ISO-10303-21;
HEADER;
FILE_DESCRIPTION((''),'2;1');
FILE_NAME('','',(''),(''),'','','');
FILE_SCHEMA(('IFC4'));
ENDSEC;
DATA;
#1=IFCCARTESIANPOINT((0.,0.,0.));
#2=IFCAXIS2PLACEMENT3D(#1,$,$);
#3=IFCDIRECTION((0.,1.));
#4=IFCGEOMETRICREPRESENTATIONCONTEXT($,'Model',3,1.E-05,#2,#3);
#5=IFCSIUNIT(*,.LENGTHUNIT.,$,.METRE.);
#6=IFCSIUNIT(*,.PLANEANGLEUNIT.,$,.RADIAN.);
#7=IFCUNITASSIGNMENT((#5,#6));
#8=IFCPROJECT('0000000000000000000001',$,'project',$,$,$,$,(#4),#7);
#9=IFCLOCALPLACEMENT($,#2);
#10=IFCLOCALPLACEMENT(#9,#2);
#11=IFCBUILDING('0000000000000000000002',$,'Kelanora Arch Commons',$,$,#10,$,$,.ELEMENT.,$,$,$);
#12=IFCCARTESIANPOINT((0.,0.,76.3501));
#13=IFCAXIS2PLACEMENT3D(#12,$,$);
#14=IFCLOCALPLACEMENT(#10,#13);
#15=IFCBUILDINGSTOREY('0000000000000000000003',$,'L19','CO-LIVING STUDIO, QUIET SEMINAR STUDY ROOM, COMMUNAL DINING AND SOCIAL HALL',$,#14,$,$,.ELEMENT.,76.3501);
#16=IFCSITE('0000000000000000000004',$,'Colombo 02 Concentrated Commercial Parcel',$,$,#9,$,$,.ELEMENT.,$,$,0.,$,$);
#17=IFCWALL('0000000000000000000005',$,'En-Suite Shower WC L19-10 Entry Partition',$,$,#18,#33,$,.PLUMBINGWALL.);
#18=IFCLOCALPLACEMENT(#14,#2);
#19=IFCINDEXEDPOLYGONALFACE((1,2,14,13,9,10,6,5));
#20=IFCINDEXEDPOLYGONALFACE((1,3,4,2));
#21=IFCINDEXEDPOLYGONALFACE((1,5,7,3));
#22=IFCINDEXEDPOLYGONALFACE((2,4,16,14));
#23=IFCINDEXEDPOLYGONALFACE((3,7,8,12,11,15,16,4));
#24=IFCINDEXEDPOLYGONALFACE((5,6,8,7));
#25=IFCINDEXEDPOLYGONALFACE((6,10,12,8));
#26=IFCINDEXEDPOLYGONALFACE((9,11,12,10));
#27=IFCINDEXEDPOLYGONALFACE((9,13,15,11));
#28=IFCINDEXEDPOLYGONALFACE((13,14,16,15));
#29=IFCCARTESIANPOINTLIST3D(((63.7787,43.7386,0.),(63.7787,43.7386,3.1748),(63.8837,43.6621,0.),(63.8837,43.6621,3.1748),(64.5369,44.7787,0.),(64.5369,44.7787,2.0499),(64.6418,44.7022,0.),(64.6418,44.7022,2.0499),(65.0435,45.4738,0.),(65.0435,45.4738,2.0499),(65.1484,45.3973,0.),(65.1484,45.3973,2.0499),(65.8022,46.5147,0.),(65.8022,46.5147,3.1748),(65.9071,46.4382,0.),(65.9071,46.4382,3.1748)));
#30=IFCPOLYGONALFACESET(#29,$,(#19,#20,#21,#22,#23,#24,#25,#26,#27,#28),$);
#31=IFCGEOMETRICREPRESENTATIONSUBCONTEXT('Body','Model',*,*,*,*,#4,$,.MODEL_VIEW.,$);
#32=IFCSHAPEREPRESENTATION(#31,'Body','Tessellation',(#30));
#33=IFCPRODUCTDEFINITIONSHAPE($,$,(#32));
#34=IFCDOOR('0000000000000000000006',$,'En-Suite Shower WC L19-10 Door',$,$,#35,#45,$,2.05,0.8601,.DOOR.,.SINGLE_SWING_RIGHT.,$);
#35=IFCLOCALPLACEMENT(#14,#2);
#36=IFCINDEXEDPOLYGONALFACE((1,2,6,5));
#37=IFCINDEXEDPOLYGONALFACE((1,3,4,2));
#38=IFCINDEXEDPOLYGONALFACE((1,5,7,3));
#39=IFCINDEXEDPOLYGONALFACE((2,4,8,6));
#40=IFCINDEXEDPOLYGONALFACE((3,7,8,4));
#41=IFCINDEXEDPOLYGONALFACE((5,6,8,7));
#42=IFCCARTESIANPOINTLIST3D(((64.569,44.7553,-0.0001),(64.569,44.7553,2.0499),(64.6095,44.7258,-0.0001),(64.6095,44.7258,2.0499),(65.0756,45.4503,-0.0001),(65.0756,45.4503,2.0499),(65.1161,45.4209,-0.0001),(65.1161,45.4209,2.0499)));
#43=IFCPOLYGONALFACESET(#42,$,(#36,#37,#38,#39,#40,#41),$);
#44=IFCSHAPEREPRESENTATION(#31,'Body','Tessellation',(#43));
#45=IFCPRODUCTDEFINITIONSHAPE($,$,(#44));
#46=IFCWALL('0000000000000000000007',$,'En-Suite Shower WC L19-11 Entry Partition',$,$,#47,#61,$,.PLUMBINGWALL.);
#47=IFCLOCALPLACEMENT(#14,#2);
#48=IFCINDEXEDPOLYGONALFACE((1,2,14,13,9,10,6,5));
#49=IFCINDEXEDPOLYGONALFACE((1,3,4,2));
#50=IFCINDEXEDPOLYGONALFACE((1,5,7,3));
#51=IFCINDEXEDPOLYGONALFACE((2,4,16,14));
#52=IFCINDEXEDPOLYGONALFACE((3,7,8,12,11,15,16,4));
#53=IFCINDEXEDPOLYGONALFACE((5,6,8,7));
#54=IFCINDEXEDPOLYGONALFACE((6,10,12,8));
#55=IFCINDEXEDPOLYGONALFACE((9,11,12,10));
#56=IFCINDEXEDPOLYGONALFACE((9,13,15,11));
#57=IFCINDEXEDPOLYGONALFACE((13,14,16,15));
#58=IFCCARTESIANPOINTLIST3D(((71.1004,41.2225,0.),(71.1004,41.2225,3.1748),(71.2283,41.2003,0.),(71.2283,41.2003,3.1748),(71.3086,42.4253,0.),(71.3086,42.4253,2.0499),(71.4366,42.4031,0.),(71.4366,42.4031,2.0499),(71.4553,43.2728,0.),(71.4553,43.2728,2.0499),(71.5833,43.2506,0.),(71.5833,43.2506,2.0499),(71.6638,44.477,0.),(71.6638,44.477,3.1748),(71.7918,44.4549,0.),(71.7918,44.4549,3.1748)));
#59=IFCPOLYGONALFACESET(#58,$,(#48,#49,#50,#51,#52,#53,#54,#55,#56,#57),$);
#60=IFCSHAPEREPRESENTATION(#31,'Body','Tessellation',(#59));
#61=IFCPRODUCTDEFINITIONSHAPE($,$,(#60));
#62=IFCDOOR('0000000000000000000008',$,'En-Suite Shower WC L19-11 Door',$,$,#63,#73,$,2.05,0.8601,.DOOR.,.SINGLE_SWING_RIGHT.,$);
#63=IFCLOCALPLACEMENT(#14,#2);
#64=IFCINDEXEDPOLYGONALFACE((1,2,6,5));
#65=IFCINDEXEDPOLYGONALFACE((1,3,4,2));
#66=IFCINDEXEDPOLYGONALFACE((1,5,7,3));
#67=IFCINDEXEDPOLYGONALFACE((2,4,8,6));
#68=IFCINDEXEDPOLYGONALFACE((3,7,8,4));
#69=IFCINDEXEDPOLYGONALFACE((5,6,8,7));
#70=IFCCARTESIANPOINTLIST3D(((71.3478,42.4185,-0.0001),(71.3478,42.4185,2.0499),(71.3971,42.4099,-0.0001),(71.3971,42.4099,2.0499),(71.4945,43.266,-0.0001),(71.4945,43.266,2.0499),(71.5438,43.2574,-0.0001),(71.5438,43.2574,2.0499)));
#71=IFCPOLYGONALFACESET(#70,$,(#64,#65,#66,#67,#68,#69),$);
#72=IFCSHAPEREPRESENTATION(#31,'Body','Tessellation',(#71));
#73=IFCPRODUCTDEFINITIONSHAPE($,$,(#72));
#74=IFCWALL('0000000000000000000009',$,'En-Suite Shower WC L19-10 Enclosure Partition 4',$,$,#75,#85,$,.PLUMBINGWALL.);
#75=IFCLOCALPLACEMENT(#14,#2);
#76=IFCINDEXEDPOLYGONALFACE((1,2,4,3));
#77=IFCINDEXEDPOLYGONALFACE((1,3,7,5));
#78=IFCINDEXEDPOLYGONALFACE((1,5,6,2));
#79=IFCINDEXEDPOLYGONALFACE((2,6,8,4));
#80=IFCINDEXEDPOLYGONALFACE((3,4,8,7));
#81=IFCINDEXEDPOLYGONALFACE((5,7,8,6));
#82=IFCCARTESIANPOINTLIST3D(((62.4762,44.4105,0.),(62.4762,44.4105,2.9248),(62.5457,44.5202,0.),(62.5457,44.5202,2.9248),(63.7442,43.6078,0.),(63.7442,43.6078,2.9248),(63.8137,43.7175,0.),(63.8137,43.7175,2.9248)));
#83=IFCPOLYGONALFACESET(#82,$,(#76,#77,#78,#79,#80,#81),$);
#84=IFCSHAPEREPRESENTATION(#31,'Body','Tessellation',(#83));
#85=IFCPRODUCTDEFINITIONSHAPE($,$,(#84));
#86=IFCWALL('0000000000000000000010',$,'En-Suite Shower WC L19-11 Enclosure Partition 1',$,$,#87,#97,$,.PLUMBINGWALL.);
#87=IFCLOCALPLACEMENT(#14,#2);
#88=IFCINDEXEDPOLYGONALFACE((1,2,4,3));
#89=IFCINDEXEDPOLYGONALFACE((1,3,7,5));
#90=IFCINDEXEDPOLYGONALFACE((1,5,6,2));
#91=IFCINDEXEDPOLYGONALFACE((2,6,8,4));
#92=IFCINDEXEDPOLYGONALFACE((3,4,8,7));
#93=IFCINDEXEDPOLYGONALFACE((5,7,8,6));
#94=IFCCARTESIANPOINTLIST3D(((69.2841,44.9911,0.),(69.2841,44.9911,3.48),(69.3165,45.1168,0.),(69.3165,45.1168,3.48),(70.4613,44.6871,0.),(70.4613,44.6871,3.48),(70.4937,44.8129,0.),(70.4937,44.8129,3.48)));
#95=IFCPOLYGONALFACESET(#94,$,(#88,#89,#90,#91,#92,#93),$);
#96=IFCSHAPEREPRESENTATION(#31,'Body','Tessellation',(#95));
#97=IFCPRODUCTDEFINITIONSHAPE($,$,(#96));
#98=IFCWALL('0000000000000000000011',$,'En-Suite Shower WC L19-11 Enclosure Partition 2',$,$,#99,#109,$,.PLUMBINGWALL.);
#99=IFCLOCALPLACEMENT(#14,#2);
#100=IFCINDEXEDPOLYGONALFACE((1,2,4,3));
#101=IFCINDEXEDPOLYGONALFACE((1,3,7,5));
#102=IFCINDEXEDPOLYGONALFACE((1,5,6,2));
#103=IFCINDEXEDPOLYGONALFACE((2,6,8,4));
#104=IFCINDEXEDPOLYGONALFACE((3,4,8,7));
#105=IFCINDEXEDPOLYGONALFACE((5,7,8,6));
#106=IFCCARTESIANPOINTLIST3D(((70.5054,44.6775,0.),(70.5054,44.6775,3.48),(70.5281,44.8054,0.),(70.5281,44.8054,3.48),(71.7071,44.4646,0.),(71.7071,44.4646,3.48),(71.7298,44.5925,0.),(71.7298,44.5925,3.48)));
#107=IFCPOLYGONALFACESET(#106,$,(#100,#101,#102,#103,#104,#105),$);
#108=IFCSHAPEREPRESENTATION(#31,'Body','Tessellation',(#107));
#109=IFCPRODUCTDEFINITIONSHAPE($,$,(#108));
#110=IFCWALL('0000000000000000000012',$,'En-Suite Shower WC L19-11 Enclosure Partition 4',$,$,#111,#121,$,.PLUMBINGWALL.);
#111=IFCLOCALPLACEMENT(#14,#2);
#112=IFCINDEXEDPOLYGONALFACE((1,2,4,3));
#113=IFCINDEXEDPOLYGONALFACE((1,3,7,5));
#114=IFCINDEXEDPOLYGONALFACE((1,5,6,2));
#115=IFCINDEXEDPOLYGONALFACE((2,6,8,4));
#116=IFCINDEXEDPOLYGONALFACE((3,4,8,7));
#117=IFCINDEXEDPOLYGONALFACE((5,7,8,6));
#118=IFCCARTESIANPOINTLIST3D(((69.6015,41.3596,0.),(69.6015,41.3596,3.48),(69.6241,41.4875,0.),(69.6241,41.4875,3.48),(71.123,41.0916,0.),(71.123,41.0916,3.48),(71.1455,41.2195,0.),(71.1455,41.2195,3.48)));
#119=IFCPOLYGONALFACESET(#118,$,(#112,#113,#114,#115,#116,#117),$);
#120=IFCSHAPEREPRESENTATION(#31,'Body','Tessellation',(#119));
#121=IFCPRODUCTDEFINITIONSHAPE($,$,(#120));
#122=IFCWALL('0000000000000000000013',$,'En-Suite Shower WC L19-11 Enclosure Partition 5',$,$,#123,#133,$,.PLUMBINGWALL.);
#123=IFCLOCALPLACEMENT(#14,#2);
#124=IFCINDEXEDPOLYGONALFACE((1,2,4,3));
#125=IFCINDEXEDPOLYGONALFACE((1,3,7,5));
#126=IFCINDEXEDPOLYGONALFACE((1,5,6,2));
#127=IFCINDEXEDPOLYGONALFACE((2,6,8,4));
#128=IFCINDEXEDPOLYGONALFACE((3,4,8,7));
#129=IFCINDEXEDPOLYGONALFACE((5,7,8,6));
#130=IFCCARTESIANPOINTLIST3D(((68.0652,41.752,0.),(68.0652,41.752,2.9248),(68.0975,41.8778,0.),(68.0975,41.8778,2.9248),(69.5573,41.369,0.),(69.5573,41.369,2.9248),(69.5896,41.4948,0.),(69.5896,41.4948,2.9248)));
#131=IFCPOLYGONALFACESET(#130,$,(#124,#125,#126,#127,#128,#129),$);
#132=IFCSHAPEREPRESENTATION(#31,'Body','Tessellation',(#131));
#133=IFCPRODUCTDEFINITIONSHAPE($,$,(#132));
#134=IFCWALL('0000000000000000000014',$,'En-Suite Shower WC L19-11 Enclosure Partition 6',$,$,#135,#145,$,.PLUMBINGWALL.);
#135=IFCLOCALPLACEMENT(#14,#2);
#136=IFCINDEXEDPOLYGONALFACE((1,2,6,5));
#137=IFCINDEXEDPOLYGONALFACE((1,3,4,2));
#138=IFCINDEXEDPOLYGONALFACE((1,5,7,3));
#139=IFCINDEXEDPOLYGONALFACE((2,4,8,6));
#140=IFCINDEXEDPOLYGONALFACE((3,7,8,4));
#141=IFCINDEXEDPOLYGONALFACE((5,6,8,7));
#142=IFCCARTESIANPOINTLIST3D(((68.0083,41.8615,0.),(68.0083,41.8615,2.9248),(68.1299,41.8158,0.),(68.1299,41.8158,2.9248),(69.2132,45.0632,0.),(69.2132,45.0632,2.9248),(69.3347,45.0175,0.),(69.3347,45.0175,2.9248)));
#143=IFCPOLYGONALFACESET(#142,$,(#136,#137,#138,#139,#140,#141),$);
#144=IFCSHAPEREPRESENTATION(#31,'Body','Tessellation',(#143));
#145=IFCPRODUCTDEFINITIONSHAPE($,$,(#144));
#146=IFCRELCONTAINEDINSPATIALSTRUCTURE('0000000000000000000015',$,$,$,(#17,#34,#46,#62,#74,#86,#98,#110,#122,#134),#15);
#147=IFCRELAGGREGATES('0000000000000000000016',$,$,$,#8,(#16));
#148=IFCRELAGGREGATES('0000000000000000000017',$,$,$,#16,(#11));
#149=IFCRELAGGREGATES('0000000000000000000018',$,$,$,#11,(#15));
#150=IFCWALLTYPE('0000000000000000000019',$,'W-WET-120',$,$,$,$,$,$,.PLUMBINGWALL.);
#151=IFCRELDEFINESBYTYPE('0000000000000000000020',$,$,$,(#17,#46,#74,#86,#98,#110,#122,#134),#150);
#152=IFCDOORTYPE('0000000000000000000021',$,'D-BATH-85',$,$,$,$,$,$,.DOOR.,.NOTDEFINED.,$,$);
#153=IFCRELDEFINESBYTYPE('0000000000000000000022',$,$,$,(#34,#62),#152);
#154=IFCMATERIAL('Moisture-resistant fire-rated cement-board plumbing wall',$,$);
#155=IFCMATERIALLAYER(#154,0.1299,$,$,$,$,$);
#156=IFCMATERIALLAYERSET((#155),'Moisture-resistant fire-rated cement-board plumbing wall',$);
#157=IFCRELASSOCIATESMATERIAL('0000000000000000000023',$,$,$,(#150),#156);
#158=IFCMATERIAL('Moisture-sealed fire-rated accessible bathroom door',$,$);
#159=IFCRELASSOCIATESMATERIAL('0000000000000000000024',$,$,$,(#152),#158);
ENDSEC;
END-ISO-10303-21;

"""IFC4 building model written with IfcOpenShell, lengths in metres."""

from ifc_helpers import new_model, si_unit, direction, frame, frame_2d, origin, place, context, subcontext, project, spatial, rectangle, extrude, material, layer, layer_set, type_object, element, fill, save


model = new_model("IFC4")

# Units and contexts
model_context = context("Model", 3, precision=1e-05, world=origin(), true_north=direction((0.0, 1.0)))
body_context = subcontext(model_context, "Body", "Model", "MODEL_VIEW")
ifc_project = project(units=[si_unit("LENGTHUNIT", "METRE"), si_unit("PLANEANGLEUNIT", "RADIAN")], contexts=[model_context])

# Site, building, storey
site_placement = place(None, origin())
site = spatial("IfcSite", under=ifc_project, at=site_placement, Name="Colombo 02 Concentrated Commercial Parcel", CompositionType="ELEMENT", RefElevation=0.0)
building_placement = place(site_placement, origin())
building = spatial("IfcBuilding", under=site, at=building_placement, Name="Kelanora Arch Commons", CompositionType="ELEMENT")
storey_placement = place(building_placement, frame((0.0, 0.0, 76.3501)))
storey = spatial("IfcBuildingStorey", under=building, at=storey_placement, Name="L19", Description="CO-LIVING STUDIO, QUIET SEMINAR STUDY ROOM, COMMUNAL DINING AND SOCIAL HALL", CompositionType="ELEMENT", Elevation=76.3501)

# Walls, openings, doors
ifc_material_1 = material(Name="Moisture-resistant fire-rated cement-board plumbing wall")
ifc_layer_1 = layer(ifc_material_1, 0.1299)
ifc_layer_set_1 = layer_set([ifc_layer_1], Name="Moisture-resistant fire-rated cement-board plumbing wall")
wall_type_1 = type_object("IfcWallType", Name="W-WET-120", PredefinedType="PLUMBINGWALL", material=ifc_layer_set_1)
wall_1_placement = place(storey_placement, frame((65.8547, 46.4766, 0.0), z_axis=(0.0, 0.0, 1.0), x_axis=(-0.589017, -0.808121, 0.0)))
wall_1 = element("IfcWall", 1, at=wall_1_placement, inside=storey, type_object=wall_type_1, Name="En-Suite Shower WC L19-10 Entry Partition", PredefinedType="PLUMBINGWALL", context=body_context, shape_type="SweptSolid", body=[
    extrude(rectangle(XDim=3.4353, YDim=0.1299, at=frame_2d((1.7178, 0.0))), origin(), (0.0, 0.0, 1.0), 3.1748),
])
opening_1_placement = place(wall_1_placement, frame((1.2881, 0.0, 0.0)))
opening_1 = element("IfcOpeningElement", 2, at=opening_1_placement, cuts=wall_1, PredefinedType="OPENING", context=body_context, shape_type="SweptSolid", body=[
    extrude(rectangle(XDim=0.8601, YDim=2.05, at=frame_2d((0.4302, 1.0249))), frame((0.0, 0.075, 0.0), z_axis=(0.0, -1.0, 0.0), x_axis=(1.0, 0.0, 0.0)), (0.0, 0.0, 1.0), 0.1499),
])
ifc_material_2 = material(Name="Moisture-sealed fire-rated accessible bathroom door")
door_type_1 = type_object("IfcDoorType", Name="D-BATH-85", OperationType="NOTDEFINED", PredefinedType="DOOR", material=ifc_material_2)
door_1_placement = place(opening_1_placement, origin())
door_1 = element("IfcDoor", 3, at=door_1_placement, inside=storey, type_object=door_type_1, Name="En-Suite Shower WC L19-10 Door", OperationType="SINGLE_SWING_RIGHT", OverallHeight=2.05, OverallWidth=0.8601, PredefinedType="DOOR", context=body_context, shape_type="SweptSolid", body=[
    extrude(rectangle(XDim=0.8601, YDim=2.05, at=frame_2d((0.4302, 1.0249))), frame((0.0, 0.0249, 0.0), z_axis=(0.0, -1.0, 0.0), x_axis=(1.0, 0.0, 0.0)), (0.0, 0.0, 1.0), 0.05),
])
fill(opening_1, door_1)
wall_2_placement = place(storey_placement, frame((71.7278, 44.4658, 0.0), z_axis=(0.0, 0.0, 1.0), x_axis=(-0.170592, -0.985342, 0.0)))
wall_2 = element("IfcWall", 4, at=wall_2_placement, inside=storey, type_object=wall_type_1, Name="En-Suite Shower WC L19-11 Entry Partition", PredefinedType="PLUMBINGWALL", context=body_context, shape_type="SweptSolid", body=[
    extrude(rectangle(XDim=3.303, YDim=0.1299, at=frame_2d((1.6514, 0.0))), origin(), (0.0, 0.0, 1.0), 3.1748),
])
opening_2_placement = place(wall_2_placement, frame((1.2219, 0.0, 0.0)))
opening_2 = element("IfcOpeningElement", 5, at=opening_2_placement, cuts=wall_2, PredefinedType="OPENING", context=body_context, shape_type="SweptSolid", body=[
    extrude(rectangle(XDim=0.8601, YDim=2.05, at=frame_2d((0.4302, 1.0249))), frame((0.0, 0.075, 0.0), z_axis=(0.0, -1.0, 0.0), x_axis=(1.0, 0.0, 0.0)), (0.0, 0.0, 1.0), 0.1499),
])
door_2_placement = place(opening_2_placement, origin())
door_2 = element("IfcDoor", 6, at=door_2_placement, inside=storey, type_object=door_type_1, Name="En-Suite Shower WC L19-11 Door", OperationType="SINGLE_SWING_RIGHT", OverallHeight=2.05, OverallWidth=0.8601, PredefinedType="DOOR", context=body_context, shape_type="SweptSolid", body=[
    extrude(rectangle(XDim=0.8601, YDim=2.05, at=frame_2d((0.4302, 1.0249))), frame((0.0, 0.0249, 0.0), z_axis=(0.0, -1.0, 0.0), x_axis=(1.0, 0.0, 0.0)), (0.0, 0.0, 1.0), 0.05),
])
fill(opening_2, door_2)

# Walls
wall_3_placement = place(storey_placement, frame((63.7791, 43.6626, 0.0), z_axis=(0.0, 0.0, 1.0), x_axis=(-0.844932, 0.534874, 0.0)))
element("IfcWall", 7, at=wall_3_placement, inside=storey, type_object=wall_type_1, Name="En-Suite Shower WC L19-10 Enclosure Partition 4", PredefinedType="PLUMBINGWALL", context=body_context, shape_type="SweptSolid", body=[
    extrude(rectangle(XDim=1.5007, YDim=0.1299, at=frame_2d((0.7505, 0.0))), origin(), (0.0, 0.0, 1.0), 2.9248),
])
wall_4_placement = place(storey_placement, frame((69.3003, 45.054, 0.0), z_axis=(0.0, 0.0, 1.0), x_axis=(0.968248, -0.249993, 0.0)))
element("IfcWall", 8, at=wall_4_placement, inside=storey, type_object=wall_type_1, Name="En-Suite Shower WC L19-11 Enclosure Partition 1", PredefinedType="PLUMBINGWALL", context=body_context, shape_type="SweptSolid", body=[
    extrude(rectangle(XDim=1.2158, YDim=0.1299, at=frame_2d((0.6079, 0.0))), origin(), (0.0, 0.0, 1.0), 3.48),
])
wall_5_placement = place(storey_placement, frame((70.5166, 44.7415, 0.0), z_axis=(0.0, 0.0, 1.0), x_axis=(0.984667, -0.174447, 0.0)))
element("IfcWall", 9, at=wall_5_placement, inside=storey, type_object=wall_type_1, Name="En-Suite Shower WC L19-11 Enclosure Partition 2", PredefinedType="PLUMBINGWALL", context=body_context, shape_type="SweptSolid", body=[
    extrude(rectangle(XDim=1.2205, YDim=0.1299, at=frame_2d((0.6104, 0.0))), origin(), (0.0, 0.0, 1.0), 3.48),
])
wall_6_placement = place(storey_placement, frame((71.1343, 41.1555, 0.0), z_axis=(0.0, 0.0, 1.0), x_axis=(-0.984831, 0.173515, 0.0)))
element("IfcWall", 10, at=wall_6_placement, inside=storey, type_object=wall_type_1, Name="En-Suite Shower WC L19-11 Enclosure Partition 4", PredefinedType="PLUMBINGWALL", context=body_context, shape_type="SweptSolid", body=[
    extrude(rectangle(XDim=1.5449, YDim=0.1299, at=frame_2d((0.7725, 0.0))), origin(), (0.0, 0.0, 1.0), 3.48),
])
wall_7_placement = place(storey_placement, frame((69.5735, 41.4319, 0.0), z_axis=(0.0, 0.0, 1.0), x_axis=(-0.968594, 0.248646, 0.0)))
element("IfcWall", 11, at=wall_7_placement, inside=storey, type_object=wall_type_1, Name="En-Suite Shower WC L19-11 Enclosure Partition 5", PredefinedType="PLUMBINGWALL", context=body_context, shape_type="SweptSolid", body=[
    extrude(rectangle(XDim=1.5405, YDim=0.1299, at=frame_2d((0.7703, 0.0))), origin(), (0.0, 0.0, 1.0), 2.9248),
])
wall_8_placement = place(storey_placement, frame((68.0691, 41.8386, 0.0), z_axis=(0.0, 0.0, 1.0), x_axis=(0.352203, 0.935924, 0.0)))
element("IfcWall", 12, at=wall_8_placement, inside=storey, type_object=wall_type_1, Name="En-Suite Shower WC L19-11 Enclosure Partition 6", PredefinedType="PLUMBINGWALL", context=body_context, shape_type="SweptSolid", body=[
    extrude(rectangle(XDim=3.4209, YDim=0.1299, at=frame_2d((1.7104, 0.0))), origin(), (0.0, 0.0, 1.0), 2.9248),
])

save(model, "model.ifc")
